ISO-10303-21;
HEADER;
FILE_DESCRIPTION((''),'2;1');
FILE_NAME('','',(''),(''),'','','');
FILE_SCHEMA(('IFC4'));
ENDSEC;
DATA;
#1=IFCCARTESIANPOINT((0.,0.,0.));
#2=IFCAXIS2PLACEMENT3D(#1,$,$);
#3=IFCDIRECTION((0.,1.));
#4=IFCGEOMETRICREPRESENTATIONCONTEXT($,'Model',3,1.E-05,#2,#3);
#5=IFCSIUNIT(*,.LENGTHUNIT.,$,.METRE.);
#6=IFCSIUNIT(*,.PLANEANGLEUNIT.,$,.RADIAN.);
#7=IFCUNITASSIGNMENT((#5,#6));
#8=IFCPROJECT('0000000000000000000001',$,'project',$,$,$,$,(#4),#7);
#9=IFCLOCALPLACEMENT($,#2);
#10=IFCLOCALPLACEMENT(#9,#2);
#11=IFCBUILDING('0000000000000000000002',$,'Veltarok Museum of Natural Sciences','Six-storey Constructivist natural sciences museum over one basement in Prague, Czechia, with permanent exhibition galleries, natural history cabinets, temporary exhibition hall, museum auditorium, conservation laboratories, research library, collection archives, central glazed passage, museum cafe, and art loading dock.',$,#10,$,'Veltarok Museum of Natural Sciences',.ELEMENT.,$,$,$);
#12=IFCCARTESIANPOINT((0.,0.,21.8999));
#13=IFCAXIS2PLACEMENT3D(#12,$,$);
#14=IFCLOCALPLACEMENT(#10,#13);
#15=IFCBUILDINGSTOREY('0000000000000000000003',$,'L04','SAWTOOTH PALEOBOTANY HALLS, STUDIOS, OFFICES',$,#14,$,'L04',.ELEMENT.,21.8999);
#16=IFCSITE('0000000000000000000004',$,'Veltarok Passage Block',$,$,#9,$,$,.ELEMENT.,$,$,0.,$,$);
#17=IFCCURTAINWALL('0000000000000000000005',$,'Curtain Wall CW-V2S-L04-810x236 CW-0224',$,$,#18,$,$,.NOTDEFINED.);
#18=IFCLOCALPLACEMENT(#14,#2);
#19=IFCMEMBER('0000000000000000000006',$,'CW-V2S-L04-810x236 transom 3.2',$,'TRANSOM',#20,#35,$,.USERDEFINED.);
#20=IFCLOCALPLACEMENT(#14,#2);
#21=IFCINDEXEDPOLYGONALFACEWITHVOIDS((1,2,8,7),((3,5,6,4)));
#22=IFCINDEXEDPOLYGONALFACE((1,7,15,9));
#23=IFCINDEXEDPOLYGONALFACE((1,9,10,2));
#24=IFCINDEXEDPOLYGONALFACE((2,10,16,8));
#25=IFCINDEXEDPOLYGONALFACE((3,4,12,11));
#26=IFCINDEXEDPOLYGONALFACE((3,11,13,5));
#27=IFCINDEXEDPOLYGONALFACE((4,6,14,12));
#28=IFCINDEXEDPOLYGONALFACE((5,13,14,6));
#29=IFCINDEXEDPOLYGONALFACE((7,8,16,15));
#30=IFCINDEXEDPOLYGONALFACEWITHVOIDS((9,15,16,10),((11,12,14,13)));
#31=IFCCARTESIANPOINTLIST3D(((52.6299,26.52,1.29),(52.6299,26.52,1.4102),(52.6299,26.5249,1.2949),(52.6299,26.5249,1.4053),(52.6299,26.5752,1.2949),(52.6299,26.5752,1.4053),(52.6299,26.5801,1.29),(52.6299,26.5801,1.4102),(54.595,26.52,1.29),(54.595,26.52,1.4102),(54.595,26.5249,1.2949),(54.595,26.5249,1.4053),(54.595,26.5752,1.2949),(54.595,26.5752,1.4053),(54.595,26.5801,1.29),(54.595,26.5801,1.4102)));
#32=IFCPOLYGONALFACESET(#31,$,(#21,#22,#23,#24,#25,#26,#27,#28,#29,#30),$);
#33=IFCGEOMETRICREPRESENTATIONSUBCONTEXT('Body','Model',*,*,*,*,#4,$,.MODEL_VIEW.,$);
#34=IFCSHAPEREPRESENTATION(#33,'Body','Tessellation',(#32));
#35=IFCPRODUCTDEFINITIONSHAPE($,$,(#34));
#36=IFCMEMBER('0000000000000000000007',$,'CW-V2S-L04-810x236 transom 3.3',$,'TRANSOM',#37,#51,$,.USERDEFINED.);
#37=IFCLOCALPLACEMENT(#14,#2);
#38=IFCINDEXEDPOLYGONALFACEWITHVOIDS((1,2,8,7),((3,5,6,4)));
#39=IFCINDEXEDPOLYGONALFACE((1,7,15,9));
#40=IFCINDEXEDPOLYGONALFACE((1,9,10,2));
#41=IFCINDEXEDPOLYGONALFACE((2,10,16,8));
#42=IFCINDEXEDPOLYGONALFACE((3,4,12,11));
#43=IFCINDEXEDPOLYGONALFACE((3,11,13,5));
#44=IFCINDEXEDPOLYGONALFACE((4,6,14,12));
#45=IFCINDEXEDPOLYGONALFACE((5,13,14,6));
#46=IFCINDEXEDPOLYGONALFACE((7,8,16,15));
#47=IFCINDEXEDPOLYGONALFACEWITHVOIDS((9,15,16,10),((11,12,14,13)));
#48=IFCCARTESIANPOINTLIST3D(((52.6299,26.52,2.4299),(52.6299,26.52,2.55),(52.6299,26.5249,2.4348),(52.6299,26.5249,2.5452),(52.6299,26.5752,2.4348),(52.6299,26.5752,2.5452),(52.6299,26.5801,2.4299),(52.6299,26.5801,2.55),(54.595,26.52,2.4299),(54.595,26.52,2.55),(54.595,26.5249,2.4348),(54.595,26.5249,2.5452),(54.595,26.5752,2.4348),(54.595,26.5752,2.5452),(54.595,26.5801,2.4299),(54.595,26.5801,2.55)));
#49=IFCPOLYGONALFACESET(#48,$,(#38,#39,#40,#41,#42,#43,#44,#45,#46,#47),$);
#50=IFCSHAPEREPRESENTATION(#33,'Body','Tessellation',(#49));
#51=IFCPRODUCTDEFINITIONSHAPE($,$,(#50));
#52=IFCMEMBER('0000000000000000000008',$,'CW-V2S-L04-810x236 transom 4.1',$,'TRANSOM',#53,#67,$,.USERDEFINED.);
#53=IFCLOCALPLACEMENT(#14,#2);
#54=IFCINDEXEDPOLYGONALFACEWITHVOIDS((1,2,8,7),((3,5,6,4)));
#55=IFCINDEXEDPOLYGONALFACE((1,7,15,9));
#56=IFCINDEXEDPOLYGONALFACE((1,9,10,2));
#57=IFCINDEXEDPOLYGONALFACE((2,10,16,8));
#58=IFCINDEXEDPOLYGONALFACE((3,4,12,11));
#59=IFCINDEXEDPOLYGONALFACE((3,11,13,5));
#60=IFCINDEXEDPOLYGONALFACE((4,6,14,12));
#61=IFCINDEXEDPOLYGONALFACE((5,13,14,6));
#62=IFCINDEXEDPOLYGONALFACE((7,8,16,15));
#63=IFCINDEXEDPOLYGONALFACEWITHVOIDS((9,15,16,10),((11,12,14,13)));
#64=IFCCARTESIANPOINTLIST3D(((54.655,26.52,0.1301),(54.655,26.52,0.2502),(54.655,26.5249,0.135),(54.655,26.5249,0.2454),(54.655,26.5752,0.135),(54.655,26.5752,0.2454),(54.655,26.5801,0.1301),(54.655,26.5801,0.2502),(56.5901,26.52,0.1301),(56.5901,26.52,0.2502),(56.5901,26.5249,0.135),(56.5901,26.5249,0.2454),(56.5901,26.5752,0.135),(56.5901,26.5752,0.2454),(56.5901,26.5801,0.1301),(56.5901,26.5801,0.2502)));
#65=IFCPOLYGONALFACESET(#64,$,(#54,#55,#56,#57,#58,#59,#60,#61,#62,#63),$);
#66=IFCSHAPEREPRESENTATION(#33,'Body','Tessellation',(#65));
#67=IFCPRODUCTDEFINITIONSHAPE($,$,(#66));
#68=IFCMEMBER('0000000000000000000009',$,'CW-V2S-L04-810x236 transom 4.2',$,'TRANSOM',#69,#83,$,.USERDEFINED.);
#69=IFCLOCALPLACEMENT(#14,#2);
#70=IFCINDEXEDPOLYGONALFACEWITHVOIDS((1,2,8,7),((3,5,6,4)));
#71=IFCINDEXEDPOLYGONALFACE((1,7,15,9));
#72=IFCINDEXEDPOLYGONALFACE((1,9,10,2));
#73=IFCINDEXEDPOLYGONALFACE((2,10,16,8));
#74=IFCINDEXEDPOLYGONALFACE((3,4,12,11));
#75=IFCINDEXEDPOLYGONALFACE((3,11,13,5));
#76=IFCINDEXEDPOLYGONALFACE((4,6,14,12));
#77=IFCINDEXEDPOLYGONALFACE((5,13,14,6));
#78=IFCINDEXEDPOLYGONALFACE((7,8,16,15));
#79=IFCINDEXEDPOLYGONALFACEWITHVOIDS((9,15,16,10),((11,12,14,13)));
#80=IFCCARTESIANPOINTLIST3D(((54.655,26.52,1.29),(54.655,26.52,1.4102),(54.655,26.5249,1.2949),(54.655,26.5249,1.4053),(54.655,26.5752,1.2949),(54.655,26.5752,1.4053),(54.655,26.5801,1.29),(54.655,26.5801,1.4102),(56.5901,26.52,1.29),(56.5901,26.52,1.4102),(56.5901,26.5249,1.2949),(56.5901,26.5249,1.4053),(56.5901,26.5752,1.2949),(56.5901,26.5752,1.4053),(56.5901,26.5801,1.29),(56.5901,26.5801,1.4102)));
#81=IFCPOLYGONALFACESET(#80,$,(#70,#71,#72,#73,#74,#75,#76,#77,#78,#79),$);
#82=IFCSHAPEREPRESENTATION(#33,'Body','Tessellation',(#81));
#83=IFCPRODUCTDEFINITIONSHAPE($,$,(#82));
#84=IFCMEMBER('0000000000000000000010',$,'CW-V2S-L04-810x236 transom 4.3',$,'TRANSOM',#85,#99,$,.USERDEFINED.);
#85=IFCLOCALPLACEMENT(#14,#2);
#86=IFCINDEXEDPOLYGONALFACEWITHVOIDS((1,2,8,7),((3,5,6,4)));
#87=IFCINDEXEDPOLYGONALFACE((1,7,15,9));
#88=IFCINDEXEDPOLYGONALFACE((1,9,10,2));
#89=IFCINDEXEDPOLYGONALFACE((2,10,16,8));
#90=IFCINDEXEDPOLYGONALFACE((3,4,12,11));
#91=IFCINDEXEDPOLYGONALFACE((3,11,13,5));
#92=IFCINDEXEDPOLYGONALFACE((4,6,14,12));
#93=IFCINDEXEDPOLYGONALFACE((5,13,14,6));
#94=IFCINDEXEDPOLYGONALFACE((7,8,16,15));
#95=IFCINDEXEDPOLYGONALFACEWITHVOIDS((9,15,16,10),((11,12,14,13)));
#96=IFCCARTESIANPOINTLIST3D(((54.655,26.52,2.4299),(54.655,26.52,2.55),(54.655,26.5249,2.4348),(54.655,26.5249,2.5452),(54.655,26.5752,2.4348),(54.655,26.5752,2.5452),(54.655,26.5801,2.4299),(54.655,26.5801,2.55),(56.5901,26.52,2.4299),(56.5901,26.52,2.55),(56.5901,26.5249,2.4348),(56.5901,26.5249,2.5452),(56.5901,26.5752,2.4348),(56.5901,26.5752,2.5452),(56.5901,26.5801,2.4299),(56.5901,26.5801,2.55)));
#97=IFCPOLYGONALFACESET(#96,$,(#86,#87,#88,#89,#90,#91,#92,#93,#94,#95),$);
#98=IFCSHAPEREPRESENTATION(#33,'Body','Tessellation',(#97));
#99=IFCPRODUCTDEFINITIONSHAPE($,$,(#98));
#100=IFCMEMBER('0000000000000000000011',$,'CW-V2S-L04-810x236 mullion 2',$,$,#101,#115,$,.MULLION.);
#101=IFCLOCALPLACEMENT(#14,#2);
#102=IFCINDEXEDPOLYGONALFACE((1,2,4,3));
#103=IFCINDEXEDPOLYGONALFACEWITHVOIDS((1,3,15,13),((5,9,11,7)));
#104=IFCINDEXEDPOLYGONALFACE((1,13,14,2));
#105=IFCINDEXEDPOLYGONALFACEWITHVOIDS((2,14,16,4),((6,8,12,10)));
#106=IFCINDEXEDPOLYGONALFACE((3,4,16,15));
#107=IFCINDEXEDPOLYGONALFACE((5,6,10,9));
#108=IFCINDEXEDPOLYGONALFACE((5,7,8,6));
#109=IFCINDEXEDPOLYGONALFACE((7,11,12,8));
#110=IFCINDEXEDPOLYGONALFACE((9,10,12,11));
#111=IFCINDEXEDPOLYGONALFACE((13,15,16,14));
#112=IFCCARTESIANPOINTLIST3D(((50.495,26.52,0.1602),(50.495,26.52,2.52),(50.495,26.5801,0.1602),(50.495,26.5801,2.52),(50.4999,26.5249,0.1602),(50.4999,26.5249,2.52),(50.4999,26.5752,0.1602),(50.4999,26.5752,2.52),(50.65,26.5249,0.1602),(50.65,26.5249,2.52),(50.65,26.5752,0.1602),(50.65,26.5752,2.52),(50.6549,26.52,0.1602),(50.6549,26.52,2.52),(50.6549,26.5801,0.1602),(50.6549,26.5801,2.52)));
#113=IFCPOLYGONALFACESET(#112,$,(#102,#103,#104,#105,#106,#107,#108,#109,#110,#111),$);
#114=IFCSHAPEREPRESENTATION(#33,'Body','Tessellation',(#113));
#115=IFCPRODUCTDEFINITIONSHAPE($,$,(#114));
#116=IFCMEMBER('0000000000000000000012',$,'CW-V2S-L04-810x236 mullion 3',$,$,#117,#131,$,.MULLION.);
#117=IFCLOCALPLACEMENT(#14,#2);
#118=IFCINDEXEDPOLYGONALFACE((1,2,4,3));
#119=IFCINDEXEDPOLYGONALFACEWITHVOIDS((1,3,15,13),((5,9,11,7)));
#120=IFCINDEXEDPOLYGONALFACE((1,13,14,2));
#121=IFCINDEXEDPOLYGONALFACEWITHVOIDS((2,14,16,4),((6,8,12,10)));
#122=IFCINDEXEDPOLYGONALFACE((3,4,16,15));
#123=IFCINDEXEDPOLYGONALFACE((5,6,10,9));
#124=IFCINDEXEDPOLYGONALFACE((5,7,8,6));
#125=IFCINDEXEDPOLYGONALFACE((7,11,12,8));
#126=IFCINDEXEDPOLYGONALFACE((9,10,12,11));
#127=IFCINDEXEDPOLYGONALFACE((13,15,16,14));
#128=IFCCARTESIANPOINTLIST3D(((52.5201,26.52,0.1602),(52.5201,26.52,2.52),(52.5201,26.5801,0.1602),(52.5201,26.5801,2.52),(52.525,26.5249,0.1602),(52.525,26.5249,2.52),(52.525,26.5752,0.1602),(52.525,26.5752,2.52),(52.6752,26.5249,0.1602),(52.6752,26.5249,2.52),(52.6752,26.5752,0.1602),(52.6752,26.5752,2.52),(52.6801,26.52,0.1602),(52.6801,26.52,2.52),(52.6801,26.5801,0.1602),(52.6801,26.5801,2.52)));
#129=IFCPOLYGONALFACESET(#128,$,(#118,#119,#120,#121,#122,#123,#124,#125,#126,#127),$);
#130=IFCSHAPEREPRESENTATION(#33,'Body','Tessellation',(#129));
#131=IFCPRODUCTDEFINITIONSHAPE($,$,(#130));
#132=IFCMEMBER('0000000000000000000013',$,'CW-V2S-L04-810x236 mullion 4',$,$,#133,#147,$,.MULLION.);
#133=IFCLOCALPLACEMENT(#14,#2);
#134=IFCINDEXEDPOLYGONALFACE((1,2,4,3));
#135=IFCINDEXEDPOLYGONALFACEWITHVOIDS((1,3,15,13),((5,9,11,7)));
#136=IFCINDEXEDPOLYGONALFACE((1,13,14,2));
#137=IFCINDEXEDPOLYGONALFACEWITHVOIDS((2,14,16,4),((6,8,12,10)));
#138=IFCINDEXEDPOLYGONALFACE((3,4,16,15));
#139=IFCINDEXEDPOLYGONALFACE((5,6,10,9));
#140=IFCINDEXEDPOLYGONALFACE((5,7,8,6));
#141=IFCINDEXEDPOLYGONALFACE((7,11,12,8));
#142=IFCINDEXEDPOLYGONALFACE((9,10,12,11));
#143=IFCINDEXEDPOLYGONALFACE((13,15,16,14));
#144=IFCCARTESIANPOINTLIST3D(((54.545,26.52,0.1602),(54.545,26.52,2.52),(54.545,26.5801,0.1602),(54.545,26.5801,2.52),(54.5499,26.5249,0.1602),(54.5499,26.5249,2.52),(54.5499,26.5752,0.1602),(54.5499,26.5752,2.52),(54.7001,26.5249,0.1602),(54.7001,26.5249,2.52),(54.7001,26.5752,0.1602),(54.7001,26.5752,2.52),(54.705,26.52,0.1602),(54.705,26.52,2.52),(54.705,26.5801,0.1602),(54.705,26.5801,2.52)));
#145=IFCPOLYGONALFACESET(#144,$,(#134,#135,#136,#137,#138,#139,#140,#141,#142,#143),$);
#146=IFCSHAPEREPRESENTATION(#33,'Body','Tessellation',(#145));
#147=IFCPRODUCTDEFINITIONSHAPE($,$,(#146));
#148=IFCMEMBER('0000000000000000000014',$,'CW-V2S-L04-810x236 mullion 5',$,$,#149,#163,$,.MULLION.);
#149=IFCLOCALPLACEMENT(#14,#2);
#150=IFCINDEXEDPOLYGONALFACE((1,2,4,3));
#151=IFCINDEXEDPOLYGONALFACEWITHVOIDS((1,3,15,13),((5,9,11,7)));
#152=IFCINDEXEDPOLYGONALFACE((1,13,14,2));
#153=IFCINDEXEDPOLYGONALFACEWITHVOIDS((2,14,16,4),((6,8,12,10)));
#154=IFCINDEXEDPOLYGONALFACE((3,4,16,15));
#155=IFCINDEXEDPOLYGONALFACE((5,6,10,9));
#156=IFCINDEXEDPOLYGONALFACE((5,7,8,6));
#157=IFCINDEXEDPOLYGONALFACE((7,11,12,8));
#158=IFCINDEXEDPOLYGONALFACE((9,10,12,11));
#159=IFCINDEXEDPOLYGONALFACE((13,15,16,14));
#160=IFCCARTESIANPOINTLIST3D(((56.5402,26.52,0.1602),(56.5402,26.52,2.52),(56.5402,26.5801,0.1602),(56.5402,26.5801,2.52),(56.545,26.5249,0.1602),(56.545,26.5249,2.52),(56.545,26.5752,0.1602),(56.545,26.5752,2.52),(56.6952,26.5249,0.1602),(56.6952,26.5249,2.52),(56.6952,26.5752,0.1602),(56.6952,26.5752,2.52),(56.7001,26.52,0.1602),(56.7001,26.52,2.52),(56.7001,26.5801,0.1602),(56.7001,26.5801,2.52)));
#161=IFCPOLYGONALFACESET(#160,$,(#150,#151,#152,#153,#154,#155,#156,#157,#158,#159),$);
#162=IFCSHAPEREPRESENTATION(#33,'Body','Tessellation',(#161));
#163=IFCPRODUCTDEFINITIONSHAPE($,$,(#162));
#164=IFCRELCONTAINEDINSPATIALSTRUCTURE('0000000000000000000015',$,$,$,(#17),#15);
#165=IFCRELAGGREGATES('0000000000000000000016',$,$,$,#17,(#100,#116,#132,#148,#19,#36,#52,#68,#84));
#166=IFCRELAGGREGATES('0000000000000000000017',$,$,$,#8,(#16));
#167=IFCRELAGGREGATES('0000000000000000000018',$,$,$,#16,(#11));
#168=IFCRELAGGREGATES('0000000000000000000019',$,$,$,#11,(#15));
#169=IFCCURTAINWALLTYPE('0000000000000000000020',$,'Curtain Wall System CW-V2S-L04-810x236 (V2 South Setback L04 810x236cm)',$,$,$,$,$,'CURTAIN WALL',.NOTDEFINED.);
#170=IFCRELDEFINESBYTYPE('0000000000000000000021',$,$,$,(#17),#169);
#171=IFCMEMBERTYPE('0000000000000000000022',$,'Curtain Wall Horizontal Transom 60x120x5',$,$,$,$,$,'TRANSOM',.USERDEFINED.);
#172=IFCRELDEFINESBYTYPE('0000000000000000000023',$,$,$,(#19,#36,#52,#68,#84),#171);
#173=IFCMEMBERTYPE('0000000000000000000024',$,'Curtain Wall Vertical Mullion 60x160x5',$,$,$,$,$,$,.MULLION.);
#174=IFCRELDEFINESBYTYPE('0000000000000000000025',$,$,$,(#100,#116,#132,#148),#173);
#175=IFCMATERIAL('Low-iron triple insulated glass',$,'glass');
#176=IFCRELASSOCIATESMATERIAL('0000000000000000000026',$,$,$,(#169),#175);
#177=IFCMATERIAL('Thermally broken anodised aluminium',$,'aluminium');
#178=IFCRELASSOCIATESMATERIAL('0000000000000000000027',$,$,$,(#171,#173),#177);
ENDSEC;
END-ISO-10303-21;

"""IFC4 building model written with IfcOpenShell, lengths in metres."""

from ifc_helpers import new_model, si_unit, direction, frame, origin, origin_2d, place, context, subcontext, project, spatial, hollow_rectangle, extrude, material, material_profile, profile_set, type_object, element, aggregate, save


model = new_model("IFC4")

# Units and contexts
model_context = context("Model", 3, precision=1e-05, world=origin(), true_north=direction((0.0, 1.0)))
body_context = subcontext(model_context, "Body", "Model", "MODEL_VIEW")
ifc_project = project(units=[si_unit("LENGTHUNIT", "METRE"), si_unit("PLANEANGLEUNIT", "RADIAN")], contexts=[model_context])

# Site, building, storey
site_placement = place(None, origin())
site = spatial("IfcSite", under=ifc_project, at=site_placement, Name="Veltarok Passage Block", CompositionType="ELEMENT", RefElevation=0.0)
building_placement = place(site_placement, origin())
building = spatial("IfcBuilding", under=site, at=building_placement, Name="Veltarok Museum of Natural Sciences", Description="Six-storey Constructivist natural sciences museum over one basement in Prague, Czechia, with permanent exhibition galleries, natural history cabinets, temporary exhibition hall, museum auditorium, conservation laboratories, research library, collection archives, central glazed passage, museum cafe, and art loading dock.", LongName="Veltarok Museum of Natural Sciences", CompositionType="ELEMENT")
storey_placement = place(building_placement, frame((0.0, 0.0, 21.8999)))
storey = spatial("IfcBuildingStorey", under=building, at=storey_placement, Name="L04", Description="SAWTOOTH PALEOBOTANY HALLS, STUDIOS, OFFICES", LongName="L04", CompositionType="ELEMENT", Elevation=21.8999)

# Curtain wall, members
ifc_material_1 = material(Name="Low-iron triple insulated glass", Category="glass")
curtain_wall_type = type_object("IfcCurtainWallType", Name="Curtain Wall System CW-V2S-L04-810x236 (V2 South Setback L04 810x236cm)", ElementType="CURTAIN WALL", PredefinedType="NOTDEFINED", material=ifc_material_1)
curtain_wall_placement = place(storey_placement, origin())
curtain_wall = element("IfcCurtainWall", 1, at=curtain_wall_placement, inside=storey, type_object=curtain_wall_type, Name="Curtain Wall CW-V2S-L04-810x236 CW-0224", PredefinedType="NOTDEFINED")
ifc_material_2 = material(Name="Thermally broken anodised aluminium", Category="aluminium")
ifc_material_profile_1 = material_profile(ifc_material_2, hollow_rectangle(XDim=0.0601, YDim=0.1201, WallThickness=0.0049, at=origin_2d()), Name="CW TRANSOM 60x120x5")
ifc_profile_set_1 = profile_set([ifc_material_profile_1], Name="Thermally broken anodised aluminium")
member_type_1 = type_object("IfcMemberType", Name="Curtain Wall Horizontal Transom 60x120x5", ElementType="TRANSOM", PredefinedType="USERDEFINED", material=ifc_profile_set_1)
member_1_placement = place(storey_placement, frame((52.6299, 26.55, 1.3501), z_axis=(1.0, 0.0, 0.0), x_axis=(0.0, 1.0, 0.0)))
member_1 = element("IfcMember", 2, at=member_1_placement, type_object=member_type_1, Name="CW-V2S-L04-810x236 transom 3.2", ObjectType="TRANSOM", PredefinedType="USERDEFINED", context=body_context, shape_type="SweptSolid", body=[
    extrude(hollow_rectangle(XDim=0.0601, YDim=0.1201, WallThickness=0.0049, at=origin_2d()), origin(), (0.0, 0.0, 1.0), 1.9651),
])
member_2_placement = place(storey_placement, frame((52.6299, 26.55, 2.49), z_axis=(1.0, 0.0, 0.0), x_axis=(0.0, 1.0, 0.0)))
member_2 = element("IfcMember", 3, at=member_2_placement, type_object=member_type_1, Name="CW-V2S-L04-810x236 transom 3.3", ObjectType="TRANSOM", PredefinedType="USERDEFINED", context=body_context, shape_type="SweptSolid", body=[
    extrude(hollow_rectangle(XDim=0.0601, YDim=0.1201, WallThickness=0.0049, at=origin_2d()), origin(), (0.0, 0.0, 1.0), 1.9651),
])
member_3_placement = place(storey_placement, frame((54.655, 26.55, 0.1902), z_axis=(1.0, 0.0, 0.0), x_axis=(0.0, 1.0, 0.0)))
member_3 = element("IfcMember", 4, at=member_3_placement, type_object=member_type_1, Name="CW-V2S-L04-810x236 transom 4.1", ObjectType="TRANSOM", PredefinedType="USERDEFINED", context=body_context, shape_type="SweptSolid", body=[
    extrude(hollow_rectangle(XDim=0.0601, YDim=0.1201, WallThickness=0.0049, at=origin_2d()), origin(), (0.0, 0.0, 1.0), 1.9351),
])
member_4_placement = place(storey_placement, frame((54.655, 26.55, 1.3501), z_axis=(1.0, 0.0, 0.0), x_axis=(0.0, 1.0, 0.0)))
member_4 = element("IfcMember", 5, at=member_4_placement, type_object=member_type_1, Name="CW-V2S-L04-810x236 transom 4.2", ObjectType="TRANSOM", PredefinedType="USERDEFINED", context=body_context, shape_type="SweptSolid", body=[
    extrude(hollow_rectangle(XDim=0.0601, YDim=0.1201, WallThickness=0.0049, at=origin_2d()), origin(), (0.0, 0.0, 1.0), 1.9351),
])
member_5_placement = place(storey_placement, frame((54.655, 26.55, 2.49), z_axis=(1.0, 0.0, 0.0), x_axis=(0.0, 1.0, 0.0)))
member_5 = element("IfcMember", 6, at=member_5_placement, type_object=member_type_1, Name="CW-V2S-L04-810x236 transom 4.3", ObjectType="TRANSOM", PredefinedType="USERDEFINED", context=body_context, shape_type="SweptSolid", body=[
    extrude(hollow_rectangle(XDim=0.0601, YDim=0.1201, WallThickness=0.0049, at=origin_2d()), origin(), (0.0, 0.0, 1.0), 1.9351),
])
ifc_material_profile_2 = material_profile(ifc_material_2, hollow_rectangle(XDim=0.0601, YDim=0.1599, WallThickness=0.0049, at=origin_2d()), Name="CW MULLION 60x160x5")
ifc_profile_set_2 = profile_set([ifc_material_profile_2], Name="Thermally broken anodised aluminium")
member_type_2 = type_object("IfcMemberType", Name="Curtain Wall Vertical Mullion 60x160x5", PredefinedType="MULLION", material=ifc_profile_set_2)
member_6_placement = place(storey_placement, frame((50.575, 26.55, 0.1602), z_axis=(0.0, 0.0, 1.0), x_axis=(0.0, 1.0, 0.0)))
member_6 = element("IfcMember", 7, at=member_6_placement, type_object=member_type_2, Name="CW-V2S-L04-810x236 mullion 2", PredefinedType="MULLION", context=body_context, shape_type="SweptSolid", body=[
    extrude(hollow_rectangle(XDim=0.0601, YDim=0.1599, WallThickness=0.0049, at=origin_2d()), origin(), (0.0, 0.0, 1.0), 2.3599),
])
member_7_placement = place(storey_placement, frame((52.6001, 26.55, 0.1602), z_axis=(0.0, 0.0, 1.0), x_axis=(0.0, 1.0, 0.0)))
member_7 = element("IfcMember", 8, at=member_7_placement, type_object=member_type_2, Name="CW-V2S-L04-810x236 mullion 3", PredefinedType="MULLION", context=body_context, shape_type="SweptSolid", body=[
    extrude(hollow_rectangle(XDim=0.0601, YDim=0.1599, WallThickness=0.0049, at=origin_2d()), origin(), (0.0, 0.0, 1.0), 2.3599),
])
member_8_placement = place(storey_placement, frame((54.625, 26.55, 0.1602), z_axis=(0.0, 0.0, 1.0), x_axis=(0.0, 1.0, 0.0)))
member_8 = element("IfcMember", 9, at=member_8_placement, type_object=member_type_2, Name="CW-V2S-L04-810x236 mullion 4", PredefinedType="MULLION", context=body_context, shape_type="SweptSolid", body=[
    extrude(hollow_rectangle(XDim=0.0601, YDim=0.1599, WallThickness=0.0049, at=origin_2d()), origin(), (0.0, 0.0, 1.0), 2.3599),
])
member_9_placement = place(storey_placement, frame((56.6201, 26.55, 0.1602), z_axis=(0.0, 0.0, 1.0), x_axis=(0.0, 1.0, 0.0)))
member_9 = element("IfcMember", 10, at=member_9_placement, type_object=member_type_2, Name="CW-V2S-L04-810x236 mullion 5", PredefinedType="MULLION", context=body_context, shape_type="SweptSolid", body=[
    extrude(hollow_rectangle(XDim=0.0601, YDim=0.1599, WallThickness=0.0049, at=origin_2d()), origin(), (0.0, 0.0, 1.0), 2.3599),
])

aggregate(curtain_wall, [member_6, member_7, member_8, member_9, member_1, member_2, member_3, member_4, member_5])

save(model, "model.ifc")
